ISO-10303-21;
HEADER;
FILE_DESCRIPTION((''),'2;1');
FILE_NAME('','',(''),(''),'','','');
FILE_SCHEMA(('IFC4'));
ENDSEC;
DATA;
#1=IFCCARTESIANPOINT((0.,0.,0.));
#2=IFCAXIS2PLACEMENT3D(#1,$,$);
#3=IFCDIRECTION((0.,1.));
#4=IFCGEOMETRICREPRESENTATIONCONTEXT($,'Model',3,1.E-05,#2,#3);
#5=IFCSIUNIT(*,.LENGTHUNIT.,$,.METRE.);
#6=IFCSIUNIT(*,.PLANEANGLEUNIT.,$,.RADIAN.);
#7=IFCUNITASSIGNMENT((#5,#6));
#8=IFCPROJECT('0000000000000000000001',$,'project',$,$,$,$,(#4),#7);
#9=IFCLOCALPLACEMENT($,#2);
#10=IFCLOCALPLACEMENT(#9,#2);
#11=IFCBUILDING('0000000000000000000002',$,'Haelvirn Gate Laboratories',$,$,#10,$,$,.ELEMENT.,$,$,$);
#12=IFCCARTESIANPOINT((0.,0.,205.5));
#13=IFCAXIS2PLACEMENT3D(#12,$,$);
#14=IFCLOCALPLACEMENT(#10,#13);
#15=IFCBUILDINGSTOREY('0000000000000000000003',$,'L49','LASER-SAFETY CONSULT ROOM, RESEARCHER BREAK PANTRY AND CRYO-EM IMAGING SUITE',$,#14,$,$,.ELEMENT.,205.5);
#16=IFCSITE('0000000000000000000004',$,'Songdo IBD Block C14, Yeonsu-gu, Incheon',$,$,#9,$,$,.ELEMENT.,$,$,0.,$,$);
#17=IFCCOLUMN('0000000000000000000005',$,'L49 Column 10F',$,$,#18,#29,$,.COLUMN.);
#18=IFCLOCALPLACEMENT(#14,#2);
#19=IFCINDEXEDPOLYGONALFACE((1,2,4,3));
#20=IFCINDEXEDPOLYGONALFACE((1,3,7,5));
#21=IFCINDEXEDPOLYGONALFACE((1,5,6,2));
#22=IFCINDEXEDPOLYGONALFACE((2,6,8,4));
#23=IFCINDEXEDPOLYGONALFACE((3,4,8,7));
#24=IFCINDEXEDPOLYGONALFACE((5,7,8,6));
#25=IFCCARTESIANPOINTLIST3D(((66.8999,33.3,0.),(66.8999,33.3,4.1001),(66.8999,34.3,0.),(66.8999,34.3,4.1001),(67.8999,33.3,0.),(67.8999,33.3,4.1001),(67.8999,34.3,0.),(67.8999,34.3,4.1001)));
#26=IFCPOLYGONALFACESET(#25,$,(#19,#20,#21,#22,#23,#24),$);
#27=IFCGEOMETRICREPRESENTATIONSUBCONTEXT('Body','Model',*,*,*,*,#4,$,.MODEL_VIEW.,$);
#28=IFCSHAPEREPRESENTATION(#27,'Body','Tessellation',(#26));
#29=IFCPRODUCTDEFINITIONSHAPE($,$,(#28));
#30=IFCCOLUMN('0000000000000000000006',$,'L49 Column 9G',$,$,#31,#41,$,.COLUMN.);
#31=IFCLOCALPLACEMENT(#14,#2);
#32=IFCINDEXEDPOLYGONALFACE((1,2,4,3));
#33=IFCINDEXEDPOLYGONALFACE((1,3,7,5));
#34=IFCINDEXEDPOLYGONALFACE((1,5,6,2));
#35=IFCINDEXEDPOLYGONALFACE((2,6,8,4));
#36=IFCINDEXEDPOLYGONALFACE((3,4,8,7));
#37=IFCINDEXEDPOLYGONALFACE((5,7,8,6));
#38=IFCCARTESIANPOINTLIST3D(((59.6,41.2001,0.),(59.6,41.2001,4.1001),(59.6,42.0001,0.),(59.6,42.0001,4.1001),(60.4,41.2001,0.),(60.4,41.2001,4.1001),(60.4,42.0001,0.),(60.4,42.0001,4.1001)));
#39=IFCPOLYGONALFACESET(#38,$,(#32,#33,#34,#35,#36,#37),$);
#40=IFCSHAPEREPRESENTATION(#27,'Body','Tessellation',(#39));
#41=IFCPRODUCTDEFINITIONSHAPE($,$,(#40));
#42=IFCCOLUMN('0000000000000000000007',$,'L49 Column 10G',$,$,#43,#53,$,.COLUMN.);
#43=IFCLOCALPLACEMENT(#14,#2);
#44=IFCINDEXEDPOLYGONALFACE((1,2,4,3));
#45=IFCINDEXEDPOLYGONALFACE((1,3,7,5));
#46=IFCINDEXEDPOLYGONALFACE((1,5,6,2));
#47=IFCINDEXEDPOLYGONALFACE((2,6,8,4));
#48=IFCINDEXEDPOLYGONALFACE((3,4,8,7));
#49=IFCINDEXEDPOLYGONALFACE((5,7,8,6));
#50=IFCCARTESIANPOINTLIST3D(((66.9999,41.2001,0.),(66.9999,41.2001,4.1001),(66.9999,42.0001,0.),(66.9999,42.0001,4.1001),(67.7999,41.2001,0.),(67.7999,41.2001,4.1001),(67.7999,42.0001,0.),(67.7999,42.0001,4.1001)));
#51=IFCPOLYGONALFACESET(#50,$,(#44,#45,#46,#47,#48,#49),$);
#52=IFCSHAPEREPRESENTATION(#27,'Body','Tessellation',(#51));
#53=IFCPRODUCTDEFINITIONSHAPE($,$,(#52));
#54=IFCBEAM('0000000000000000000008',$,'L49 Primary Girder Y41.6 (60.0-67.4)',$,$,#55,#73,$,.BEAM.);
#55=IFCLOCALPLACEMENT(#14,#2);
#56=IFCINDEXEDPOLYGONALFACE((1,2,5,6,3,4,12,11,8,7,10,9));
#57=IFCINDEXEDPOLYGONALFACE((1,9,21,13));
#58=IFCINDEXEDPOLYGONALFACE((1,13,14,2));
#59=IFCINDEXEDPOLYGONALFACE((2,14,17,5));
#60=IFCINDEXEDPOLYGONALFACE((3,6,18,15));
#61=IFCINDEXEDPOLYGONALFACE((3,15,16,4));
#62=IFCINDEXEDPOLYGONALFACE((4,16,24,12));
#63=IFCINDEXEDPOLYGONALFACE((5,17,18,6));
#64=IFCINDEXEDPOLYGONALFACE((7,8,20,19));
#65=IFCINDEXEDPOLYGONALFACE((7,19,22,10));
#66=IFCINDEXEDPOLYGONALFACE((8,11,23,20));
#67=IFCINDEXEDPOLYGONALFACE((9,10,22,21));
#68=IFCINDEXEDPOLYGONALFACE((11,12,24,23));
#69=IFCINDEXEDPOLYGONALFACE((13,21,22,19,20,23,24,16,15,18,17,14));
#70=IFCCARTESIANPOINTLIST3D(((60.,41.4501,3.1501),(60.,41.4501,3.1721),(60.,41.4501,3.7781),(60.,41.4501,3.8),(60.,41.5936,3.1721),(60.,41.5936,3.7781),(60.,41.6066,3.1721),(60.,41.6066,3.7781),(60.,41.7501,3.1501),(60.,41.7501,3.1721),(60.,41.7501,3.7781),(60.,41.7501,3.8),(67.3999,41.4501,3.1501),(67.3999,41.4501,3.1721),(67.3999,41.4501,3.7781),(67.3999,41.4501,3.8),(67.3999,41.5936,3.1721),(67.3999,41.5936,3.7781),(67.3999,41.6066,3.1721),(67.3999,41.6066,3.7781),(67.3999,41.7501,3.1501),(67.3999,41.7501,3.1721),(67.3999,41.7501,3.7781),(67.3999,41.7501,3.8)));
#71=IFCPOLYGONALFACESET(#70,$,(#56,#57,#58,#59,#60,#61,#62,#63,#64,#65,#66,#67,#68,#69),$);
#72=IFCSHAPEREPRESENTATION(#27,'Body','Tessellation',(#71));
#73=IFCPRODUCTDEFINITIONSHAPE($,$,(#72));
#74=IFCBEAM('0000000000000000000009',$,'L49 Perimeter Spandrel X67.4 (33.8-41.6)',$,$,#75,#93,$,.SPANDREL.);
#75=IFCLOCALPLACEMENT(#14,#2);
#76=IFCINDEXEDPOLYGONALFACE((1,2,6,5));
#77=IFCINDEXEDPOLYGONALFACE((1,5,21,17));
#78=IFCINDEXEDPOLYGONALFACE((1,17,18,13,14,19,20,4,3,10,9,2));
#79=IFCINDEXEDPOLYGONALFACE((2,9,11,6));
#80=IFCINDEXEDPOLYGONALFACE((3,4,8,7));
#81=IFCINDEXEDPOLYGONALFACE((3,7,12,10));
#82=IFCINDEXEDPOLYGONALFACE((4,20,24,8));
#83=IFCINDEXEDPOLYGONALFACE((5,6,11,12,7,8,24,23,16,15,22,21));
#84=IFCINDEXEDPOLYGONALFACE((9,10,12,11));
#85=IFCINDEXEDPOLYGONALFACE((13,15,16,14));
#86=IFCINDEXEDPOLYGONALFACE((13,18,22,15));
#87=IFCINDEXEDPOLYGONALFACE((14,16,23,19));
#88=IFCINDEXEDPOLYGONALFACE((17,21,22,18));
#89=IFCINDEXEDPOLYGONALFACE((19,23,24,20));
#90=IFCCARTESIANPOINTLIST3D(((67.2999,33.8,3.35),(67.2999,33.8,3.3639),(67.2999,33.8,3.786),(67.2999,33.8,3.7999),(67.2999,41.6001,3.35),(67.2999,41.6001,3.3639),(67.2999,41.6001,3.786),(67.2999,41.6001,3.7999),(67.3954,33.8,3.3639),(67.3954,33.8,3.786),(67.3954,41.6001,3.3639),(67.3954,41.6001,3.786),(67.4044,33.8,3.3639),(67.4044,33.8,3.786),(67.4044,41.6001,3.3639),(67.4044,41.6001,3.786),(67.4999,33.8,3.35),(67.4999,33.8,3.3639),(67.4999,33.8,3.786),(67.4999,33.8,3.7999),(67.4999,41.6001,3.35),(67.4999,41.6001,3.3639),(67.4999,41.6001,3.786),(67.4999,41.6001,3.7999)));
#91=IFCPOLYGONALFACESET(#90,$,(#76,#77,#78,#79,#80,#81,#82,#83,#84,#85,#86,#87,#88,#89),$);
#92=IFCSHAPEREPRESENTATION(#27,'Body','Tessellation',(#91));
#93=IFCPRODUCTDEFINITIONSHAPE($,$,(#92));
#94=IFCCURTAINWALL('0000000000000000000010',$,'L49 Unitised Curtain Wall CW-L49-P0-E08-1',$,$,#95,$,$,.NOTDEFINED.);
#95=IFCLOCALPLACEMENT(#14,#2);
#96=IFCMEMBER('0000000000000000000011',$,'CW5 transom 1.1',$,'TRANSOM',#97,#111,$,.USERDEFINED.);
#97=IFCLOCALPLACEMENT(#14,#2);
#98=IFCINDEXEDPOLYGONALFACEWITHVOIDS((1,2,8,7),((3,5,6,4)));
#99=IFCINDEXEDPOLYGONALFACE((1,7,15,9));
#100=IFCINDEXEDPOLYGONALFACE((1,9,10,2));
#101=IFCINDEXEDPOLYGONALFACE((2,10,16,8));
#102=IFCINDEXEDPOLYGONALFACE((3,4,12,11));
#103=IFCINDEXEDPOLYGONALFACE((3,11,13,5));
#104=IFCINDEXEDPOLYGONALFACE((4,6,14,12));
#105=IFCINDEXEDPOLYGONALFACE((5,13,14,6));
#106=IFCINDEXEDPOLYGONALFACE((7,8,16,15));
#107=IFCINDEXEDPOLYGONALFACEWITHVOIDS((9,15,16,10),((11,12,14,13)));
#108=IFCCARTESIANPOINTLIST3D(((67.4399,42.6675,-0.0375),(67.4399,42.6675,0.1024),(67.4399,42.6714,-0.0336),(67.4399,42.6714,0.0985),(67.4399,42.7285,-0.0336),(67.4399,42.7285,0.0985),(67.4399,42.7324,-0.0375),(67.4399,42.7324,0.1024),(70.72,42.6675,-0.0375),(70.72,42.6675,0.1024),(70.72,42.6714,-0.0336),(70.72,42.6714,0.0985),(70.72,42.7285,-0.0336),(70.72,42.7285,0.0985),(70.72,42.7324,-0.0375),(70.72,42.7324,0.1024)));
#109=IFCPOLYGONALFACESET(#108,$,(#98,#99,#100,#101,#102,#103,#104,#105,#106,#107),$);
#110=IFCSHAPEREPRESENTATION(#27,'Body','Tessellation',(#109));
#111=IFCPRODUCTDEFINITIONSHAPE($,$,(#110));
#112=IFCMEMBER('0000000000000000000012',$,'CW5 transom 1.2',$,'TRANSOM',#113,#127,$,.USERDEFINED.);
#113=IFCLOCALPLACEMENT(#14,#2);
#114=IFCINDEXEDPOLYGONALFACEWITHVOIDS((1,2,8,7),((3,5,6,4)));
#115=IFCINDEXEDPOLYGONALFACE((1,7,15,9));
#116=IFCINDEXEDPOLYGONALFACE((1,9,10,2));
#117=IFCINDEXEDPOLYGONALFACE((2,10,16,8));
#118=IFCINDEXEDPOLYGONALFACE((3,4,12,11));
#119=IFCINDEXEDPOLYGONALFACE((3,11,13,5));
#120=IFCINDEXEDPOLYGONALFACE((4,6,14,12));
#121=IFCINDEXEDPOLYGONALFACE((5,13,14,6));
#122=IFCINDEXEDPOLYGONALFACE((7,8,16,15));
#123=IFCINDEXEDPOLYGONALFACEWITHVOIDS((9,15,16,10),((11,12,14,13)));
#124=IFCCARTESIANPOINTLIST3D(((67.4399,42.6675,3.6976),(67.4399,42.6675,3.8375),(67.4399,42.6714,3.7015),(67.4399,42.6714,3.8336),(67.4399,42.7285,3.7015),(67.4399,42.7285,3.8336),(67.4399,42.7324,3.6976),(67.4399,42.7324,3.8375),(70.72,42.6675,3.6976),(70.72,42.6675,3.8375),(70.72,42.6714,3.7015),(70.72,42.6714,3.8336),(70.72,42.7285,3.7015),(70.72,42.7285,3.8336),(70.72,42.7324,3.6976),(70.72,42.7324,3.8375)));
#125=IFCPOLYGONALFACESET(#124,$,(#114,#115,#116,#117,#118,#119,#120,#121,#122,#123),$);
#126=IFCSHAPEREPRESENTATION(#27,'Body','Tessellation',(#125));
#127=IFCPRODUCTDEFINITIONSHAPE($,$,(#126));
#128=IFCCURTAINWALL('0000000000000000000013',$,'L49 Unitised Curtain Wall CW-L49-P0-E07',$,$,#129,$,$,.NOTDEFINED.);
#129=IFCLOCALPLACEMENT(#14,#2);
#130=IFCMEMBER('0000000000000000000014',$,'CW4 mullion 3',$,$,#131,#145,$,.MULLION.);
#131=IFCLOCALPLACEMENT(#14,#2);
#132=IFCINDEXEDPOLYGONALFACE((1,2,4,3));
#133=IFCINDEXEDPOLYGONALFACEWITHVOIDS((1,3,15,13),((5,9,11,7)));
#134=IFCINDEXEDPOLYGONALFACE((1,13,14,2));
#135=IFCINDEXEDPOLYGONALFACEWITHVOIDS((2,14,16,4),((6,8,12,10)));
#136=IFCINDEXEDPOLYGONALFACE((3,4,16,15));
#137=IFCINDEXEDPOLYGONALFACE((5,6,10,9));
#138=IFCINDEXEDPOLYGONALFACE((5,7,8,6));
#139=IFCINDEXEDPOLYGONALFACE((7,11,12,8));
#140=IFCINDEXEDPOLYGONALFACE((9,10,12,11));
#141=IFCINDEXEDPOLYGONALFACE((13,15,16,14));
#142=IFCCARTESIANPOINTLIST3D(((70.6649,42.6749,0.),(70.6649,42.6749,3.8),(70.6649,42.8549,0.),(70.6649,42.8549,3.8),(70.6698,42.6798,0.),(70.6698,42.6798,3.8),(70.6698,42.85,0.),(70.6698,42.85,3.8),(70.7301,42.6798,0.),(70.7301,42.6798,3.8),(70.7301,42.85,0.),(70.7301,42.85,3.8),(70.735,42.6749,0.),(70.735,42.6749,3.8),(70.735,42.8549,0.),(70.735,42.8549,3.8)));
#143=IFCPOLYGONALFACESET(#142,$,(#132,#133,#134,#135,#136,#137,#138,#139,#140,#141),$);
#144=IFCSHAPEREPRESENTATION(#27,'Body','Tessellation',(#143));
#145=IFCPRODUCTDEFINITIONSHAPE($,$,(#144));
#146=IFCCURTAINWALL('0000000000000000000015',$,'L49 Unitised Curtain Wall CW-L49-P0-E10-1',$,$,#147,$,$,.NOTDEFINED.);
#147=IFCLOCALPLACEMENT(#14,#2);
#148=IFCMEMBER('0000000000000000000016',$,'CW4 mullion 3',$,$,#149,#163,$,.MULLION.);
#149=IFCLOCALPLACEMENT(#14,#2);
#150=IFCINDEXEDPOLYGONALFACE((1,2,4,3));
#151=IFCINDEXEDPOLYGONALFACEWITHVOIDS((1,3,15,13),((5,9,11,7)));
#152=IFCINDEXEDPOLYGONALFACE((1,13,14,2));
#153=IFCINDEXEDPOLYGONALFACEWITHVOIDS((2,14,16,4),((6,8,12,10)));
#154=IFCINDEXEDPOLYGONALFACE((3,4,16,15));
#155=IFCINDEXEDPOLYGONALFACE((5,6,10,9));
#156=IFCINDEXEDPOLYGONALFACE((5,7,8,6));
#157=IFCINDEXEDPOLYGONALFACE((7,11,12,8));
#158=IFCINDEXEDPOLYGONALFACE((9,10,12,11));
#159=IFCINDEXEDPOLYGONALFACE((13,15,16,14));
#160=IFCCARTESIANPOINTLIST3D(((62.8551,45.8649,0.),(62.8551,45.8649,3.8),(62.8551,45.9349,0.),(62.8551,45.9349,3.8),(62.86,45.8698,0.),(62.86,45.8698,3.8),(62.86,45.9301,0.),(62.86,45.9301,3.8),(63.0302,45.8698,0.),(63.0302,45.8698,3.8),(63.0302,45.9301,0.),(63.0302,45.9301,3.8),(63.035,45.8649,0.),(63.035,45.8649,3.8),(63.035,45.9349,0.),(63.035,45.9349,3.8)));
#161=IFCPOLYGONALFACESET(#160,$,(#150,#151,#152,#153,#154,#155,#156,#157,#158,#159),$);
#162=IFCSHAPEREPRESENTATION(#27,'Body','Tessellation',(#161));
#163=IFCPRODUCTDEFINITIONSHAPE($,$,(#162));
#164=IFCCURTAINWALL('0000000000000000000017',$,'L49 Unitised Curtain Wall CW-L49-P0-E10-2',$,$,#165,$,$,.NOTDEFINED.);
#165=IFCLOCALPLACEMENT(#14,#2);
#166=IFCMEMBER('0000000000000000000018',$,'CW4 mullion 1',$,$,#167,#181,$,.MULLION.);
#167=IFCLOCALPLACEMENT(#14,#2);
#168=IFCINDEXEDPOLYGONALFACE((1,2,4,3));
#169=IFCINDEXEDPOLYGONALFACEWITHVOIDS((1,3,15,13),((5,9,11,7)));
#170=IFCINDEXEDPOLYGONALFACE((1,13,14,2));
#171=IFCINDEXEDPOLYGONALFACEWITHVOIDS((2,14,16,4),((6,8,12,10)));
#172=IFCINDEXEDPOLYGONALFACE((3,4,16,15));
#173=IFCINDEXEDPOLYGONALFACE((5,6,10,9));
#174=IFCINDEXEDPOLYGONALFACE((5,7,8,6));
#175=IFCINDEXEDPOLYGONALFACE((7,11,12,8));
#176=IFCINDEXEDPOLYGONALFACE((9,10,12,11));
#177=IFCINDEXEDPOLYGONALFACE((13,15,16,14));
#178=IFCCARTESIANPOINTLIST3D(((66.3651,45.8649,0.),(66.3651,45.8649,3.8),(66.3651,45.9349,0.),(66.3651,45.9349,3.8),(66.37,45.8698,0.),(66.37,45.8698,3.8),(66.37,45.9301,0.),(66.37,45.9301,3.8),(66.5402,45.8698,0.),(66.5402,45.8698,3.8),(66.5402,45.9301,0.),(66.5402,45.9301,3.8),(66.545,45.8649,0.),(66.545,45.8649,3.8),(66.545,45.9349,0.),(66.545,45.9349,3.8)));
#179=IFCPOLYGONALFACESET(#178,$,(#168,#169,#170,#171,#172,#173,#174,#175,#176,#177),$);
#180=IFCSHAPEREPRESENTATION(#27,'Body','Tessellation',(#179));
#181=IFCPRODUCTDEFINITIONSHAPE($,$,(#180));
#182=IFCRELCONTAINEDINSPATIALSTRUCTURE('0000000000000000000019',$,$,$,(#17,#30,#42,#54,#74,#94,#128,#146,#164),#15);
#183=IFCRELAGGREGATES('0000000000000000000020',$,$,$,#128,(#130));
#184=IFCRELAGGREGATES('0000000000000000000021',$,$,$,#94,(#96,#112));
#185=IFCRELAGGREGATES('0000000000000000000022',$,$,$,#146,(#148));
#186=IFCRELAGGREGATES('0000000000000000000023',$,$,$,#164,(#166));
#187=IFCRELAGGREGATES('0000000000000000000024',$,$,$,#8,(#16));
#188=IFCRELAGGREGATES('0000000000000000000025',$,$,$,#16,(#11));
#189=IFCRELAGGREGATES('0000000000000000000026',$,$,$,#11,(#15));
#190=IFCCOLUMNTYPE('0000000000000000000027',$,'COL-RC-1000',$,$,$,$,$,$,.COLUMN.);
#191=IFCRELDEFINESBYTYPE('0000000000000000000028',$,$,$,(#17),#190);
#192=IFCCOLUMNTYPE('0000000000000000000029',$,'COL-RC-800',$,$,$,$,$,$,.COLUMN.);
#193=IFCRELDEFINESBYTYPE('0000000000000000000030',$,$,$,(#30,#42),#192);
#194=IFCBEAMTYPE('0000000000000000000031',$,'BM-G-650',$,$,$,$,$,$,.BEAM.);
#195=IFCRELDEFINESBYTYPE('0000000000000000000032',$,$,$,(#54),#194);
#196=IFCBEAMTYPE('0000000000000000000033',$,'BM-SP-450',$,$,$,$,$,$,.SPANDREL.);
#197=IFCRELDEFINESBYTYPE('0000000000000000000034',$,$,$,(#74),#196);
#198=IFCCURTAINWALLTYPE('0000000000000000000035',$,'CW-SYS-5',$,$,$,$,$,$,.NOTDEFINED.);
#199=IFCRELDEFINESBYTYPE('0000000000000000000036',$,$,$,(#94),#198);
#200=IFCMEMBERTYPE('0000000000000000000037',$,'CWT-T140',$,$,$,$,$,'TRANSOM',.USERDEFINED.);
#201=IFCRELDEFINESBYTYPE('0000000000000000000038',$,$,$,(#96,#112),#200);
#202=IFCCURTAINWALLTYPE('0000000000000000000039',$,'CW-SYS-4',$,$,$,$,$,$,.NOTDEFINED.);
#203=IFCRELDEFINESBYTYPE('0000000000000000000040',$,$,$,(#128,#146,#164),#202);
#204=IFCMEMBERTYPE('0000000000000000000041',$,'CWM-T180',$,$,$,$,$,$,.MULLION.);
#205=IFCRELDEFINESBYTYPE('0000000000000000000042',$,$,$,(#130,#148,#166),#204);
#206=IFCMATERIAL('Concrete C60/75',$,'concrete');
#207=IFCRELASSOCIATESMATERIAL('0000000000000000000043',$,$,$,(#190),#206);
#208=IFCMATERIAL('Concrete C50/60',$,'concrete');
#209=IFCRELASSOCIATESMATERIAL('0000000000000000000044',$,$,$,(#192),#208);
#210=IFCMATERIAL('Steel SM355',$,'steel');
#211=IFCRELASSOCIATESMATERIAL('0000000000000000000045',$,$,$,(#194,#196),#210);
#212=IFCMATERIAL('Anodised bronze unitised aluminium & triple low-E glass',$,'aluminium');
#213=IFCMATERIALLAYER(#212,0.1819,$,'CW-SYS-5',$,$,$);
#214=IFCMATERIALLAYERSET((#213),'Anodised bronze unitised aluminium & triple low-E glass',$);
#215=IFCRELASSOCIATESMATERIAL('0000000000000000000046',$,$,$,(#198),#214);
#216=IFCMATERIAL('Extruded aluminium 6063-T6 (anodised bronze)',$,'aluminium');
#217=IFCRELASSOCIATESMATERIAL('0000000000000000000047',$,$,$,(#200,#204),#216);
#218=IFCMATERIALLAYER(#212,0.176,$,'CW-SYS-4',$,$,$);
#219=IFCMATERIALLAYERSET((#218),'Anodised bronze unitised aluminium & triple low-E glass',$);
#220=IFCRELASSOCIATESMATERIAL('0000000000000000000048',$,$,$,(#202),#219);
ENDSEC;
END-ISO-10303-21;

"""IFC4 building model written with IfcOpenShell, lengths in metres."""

from ifc_helpers import new_model, si_unit, direction, frame, origin, origin_2d, place, context, subcontext, project, spatial, rectangle, hollow_rectangle, i_section, extrude, source, transform, mapped, material, layer, layer_set, material_profile, profile_set, type_object, type_shapes, element, aggregate, save


model = new_model("IFC4")

# Units and contexts
model_context = context("Model", 3, precision=1e-05, world=origin(), true_north=direction((0.0, 1.0)))
body_context = subcontext(model_context, "Body", "Model", "MODEL_VIEW")
ifc_project = project(units=[si_unit("LENGTHUNIT", "METRE"), si_unit("PLANEANGLEUNIT", "RADIAN")], contexts=[model_context])

# Site, building, storey
site_placement = place(None, origin())
site = spatial("IfcSite", under=ifc_project, at=site_placement, Name="Songdo IBD Block C14, Yeonsu-gu, Incheon", CompositionType="ELEMENT", RefElevation=0.0)
building_placement = place(site_placement, origin())
building = spatial("IfcBuilding", under=site, at=building_placement, Name="Haelvirn Gate Laboratories", CompositionType="ELEMENT")
storey_placement = place(building_placement, frame((0.0, 0.0, 205.5)))
storey = spatial("IfcBuildingStorey", under=building, at=storey_placement, Name="L49", Description="LASER-SAFETY CONSULT ROOM, RESEARCHER BREAK PANTRY AND CRYO-EM IMAGING SUITE", CompositionType="ELEMENT", Elevation=205.5)

# Columns
ifc_material_1 = material(Name="Concrete C60/75", Category="concrete")
ifc_material_profile_1 = material_profile(ifc_material_1, rectangle(XDim=1.0, YDim=1.0, at=origin_2d()), Name="RC-1000x1000")
ifc_profile_set_1 = profile_set([ifc_material_profile_1], Name="Concrete C60/75")
column_type_1 = type_object("IfcColumnType", Name="COL-RC-1000", PredefinedType="COLUMN", material=ifc_profile_set_1)
shared_shape_1 = source(origin(), body_context, "Body", "SweptSolid", [
    extrude(rectangle(XDim=1.0, YDim=1.0, at=origin_2d()), origin(), (0.0, 0.0, 1.0), 4.1001),
])
type_shapes(column_type_1, [shared_shape_1])
column_placement = place(storey_placement, frame((67.3999, 33.8, 0.0), z_axis=(0.0, 0.0, 1.0), x_axis=(1.0, 0.0, 0.0)))
element("IfcColumn", 1, at=column_placement, inside=storey, type_object=column_type_1, Name="L49 Column 10F", PredefinedType="COLUMN", context=body_context, shape_type="MappedRepresentation", body=[
    mapped(shared_shape_1, transform((0.0, 0.0, 0.0), scale=1.0)),
])
ifc_material_2 = material(Name="Concrete C50/60", Category="concrete")
ifc_material_profile_2 = material_profile(ifc_material_2, rectangle(XDim=0.8, YDim=0.8, at=origin_2d()), Name="RC-800x800")
ifc_profile_set_2 = profile_set([ifc_material_profile_2], Name="Concrete C50/60")
column_type_2 = type_object("IfcColumnType", Name="COL-RC-800", PredefinedType="COLUMN", material=ifc_profile_set_2)
shared_shape_2 = source(origin(), body_context, "Body", "SweptSolid", [
    extrude(rectangle(XDim=0.8, YDim=0.8, at=origin_2d()), origin(), (0.0, 0.0, 1.0), 4.1001),
])
type_shapes(column_type_2, [shared_shape_2])
for number, where, z_axis, x_axis, name in (
    (2, (60.0, 41.6001, 0.0), (0.0, 0.0, 1.0), (1.0, 0.0, 0.0), "L49 Column 9G"),
    (3, (67.3999, 41.6001, 0.0), (0.0, 0.0, 1.0), (1.0, 0.0, 0.0), "L49 Column 10G"),
):
    element("IfcColumn", number, at=place(storey_placement, frame(where, z_axis=z_axis, x_axis=x_axis)), inside=storey, type_object=column_type_2, Name=name, PredefinedType="COLUMN", context=body_context, shape_type="MappedRepresentation", body=[
        mapped(shared_shape_2, transform((0.0, 0.0, 0.0), scale=1.0)),
    ])

# Beams
ifc_material_3 = material(Name="Steel SM355", Category="steel")
ifc_material_profile_3 = material_profile(ifc_material_3, i_section(OverallWidth=0.3, OverallDepth=0.6499, WebThickness=0.0129, FlangeThickness=0.022, at=origin_2d()), Name="H-650x300x13x22")
ifc_profile_set_3 = profile_set([ifc_material_profile_3], Name="Steel SM355")
beam_type_1 = type_object("IfcBeamType", Name="BM-G-650", PredefinedType="BEAM", material=ifc_profile_set_3)
shared_shape_3 = source(origin(), body_context, "Body", "SweptSolid", [
    extrude(i_section(OverallWidth=0.3, OverallDepth=0.6499, WebThickness=0.0129, FlangeThickness=0.022, at=origin_2d()), origin(), (0.0, 0.0, 1.0), 7.3999),
])
type_shapes(beam_type_1, [shared_shape_3])
beam_1_placement = place(storey_placement, frame((60.0, 41.6001, 3.4751), z_axis=(1.0, 0.0, 0.0), x_axis=(0.0, 1.0, 0.0)))
element("IfcBeam", 4, at=beam_1_placement, inside=storey, type_object=beam_type_1, Name="L49 Primary Girder Y41.6 (60.0-67.4)", PredefinedType="BEAM", context=body_context, shape_type="MappedRepresentation", body=[
    mapped(shared_shape_3, transform((0.0, 0.0, 0.0), scale=1.0)),
])
ifc_material_profile_4 = material_profile(ifc_material_3, i_section(OverallWidth=0.2, OverallDepth=0.45, WebThickness=0.009, FlangeThickness=0.0139, at=origin_2d()), Name="H-450x200x9x14")
ifc_profile_set_4 = profile_set([ifc_material_profile_4], Name="Steel SM355")
beam_type_2 = type_object("IfcBeamType", Name="BM-SP-450", PredefinedType="SPANDREL", material=ifc_profile_set_4)
shared_shape_4 = source(origin(), body_context, "Body", "SweptSolid", [
    extrude(i_section(OverallWidth=0.2, OverallDepth=0.45, WebThickness=0.009, FlangeThickness=0.0139, at=origin_2d()), origin(), (0.0, 0.0, 1.0), 7.8),
])
type_shapes(beam_type_2, [shared_shape_4])
beam_2_placement = place(storey_placement, frame((67.3999, 33.8, 3.575), z_axis=(0.0, 1.0, 0.0), x_axis=(-1.0, 0.0, 0.0)))
element("IfcBeam", 5, at=beam_2_placement, inside=storey, type_object=beam_type_2, Name="L49 Perimeter Spandrel X67.4 (33.8-41.6)", PredefinedType="SPANDREL", context=body_context, shape_type="MappedRepresentation", body=[
    mapped(shared_shape_4, transform((0.0, 0.0, 0.0), scale=1.0)),
])

# Curtain wall, members
ifc_material_4 = material(Name="Anodised bronze unitised aluminium & triple low-E glass", Category="aluminium")
ifc_layer_1 = layer(ifc_material_4, 0.1819, Name="CW-SYS-5")
ifc_layer_set_1 = layer_set([ifc_layer_1], Name="Anodised bronze unitised aluminium & triple low-E glass")
curtain_wall_type_1 = type_object("IfcCurtainWallType", Name="CW-SYS-5", PredefinedType="NOTDEFINED", material=ifc_layer_set_1)
curtain_wall_1_placement = place(storey_placement, origin())
curtain_wall_1 = element("IfcCurtainWall", 6, at=curtain_wall_1_placement, inside=storey, type_object=curtain_wall_type_1, Name="L49 Unitised Curtain Wall CW-L49-P0-E08-1", PredefinedType="NOTDEFINED")
ifc_material_5 = material(Name="Extruded aluminium 6063-T6 (anodised bronze)", Category="aluminium")
ifc_material_profile_5 = material_profile(ifc_material_5, hollow_rectangle(XDim=0.0649, YDim=0.1399, WallThickness=0.0039, at=origin_2d()), Name="CWT-140x65x4")
ifc_profile_set_5 = profile_set([ifc_material_profile_5], Name="Extruded aluminium 6063-T6 (anodised bronze)")
member_type_1 = type_object("IfcMemberType", Name="CWT-T140", ElementType="TRANSOM", PredefinedType="USERDEFINED", material=ifc_profile_set_5)
shared_shape_5 = source(origin(), body_context, "Body", "SweptSolid", [
    extrude(hollow_rectangle(XDim=0.0649, YDim=0.1399, WallThickness=0.0039, at=origin_2d()), origin(), (0.0, 0.0, 1.0), 3.28),
])
member_1_placement = place(storey_placement, frame((67.4399, 42.7, 0.0325), z_axis=(1.0, 0.0, 0.0), x_axis=(0.0, 1.0, 0.0)))
member_1 = element("IfcMember", 7, at=member_1_placement, type_object=member_type_1, Name="CW5 transom 1.1", ObjectType="TRANSOM", PredefinedType="USERDEFINED", context=body_context, shape_type="MappedRepresentation", body=[
    mapped(shared_shape_5, transform((0.0, 0.0, 0.0), scale=1.0)),
])
member_2_placement = place(storey_placement, frame((67.4399, 42.7, 3.7676), z_axis=(1.0, 0.0, 0.0), x_axis=(0.0, 1.0, 0.0)))
member_2 = element("IfcMember", 8, at=member_2_placement, type_object=member_type_1, Name="CW5 transom 1.2", ObjectType="TRANSOM", PredefinedType="USERDEFINED", context=body_context, shape_type="MappedRepresentation", body=[
    mapped(shared_shape_5, transform((0.0, 0.0, 0.0), scale=1.0)),
])

# Curtain walls, members
ifc_layer_2 = layer(ifc_material_4, 0.176, Name="CW-SYS-4")
ifc_layer_set_2 = layer_set([ifc_layer_2], Name="Anodised bronze unitised aluminium & triple low-E glass")
curtain_wall_type_2 = type_object("IfcCurtainWallType", Name="CW-SYS-4", PredefinedType="NOTDEFINED", material=ifc_layer_set_2)
curtain_wall_2_placement = place(storey_placement, origin())
curtain_wall_2 = element("IfcCurtainWall", 9, at=curtain_wall_2_placement, inside=storey, type_object=curtain_wall_type_2, Name="L49 Unitised Curtain Wall CW-L49-P0-E07", PredefinedType="NOTDEFINED")
ifc_material_profile_6 = material_profile(ifc_material_5, hollow_rectangle(XDim=0.0701, YDim=0.1799, WallThickness=0.0049, at=origin_2d()), Name="CWM-180x70x5")
ifc_profile_set_6 = profile_set([ifc_material_profile_6], Name="Extruded aluminium 6063-T6 (anodised bronze)")
member_type_2 = type_object("IfcMemberType", Name="CWM-T180", PredefinedType="MULLION", material=ifc_profile_set_6)
shared_shape_6 = source(origin(), body_context, "Body", "SweptSolid", [
    extrude(hollow_rectangle(XDim=0.0701, YDim=0.1799, WallThickness=0.0049, at=origin_2d()), origin(), (0.0, 0.0, 1.0), 3.8),
])
type_shapes(member_type_2, [shared_shape_6])
member_3_placement = place(storey_placement, frame((70.7, 42.7649, 0.0), z_axis=(0.0, 0.0, 1.0), x_axis=(-1.0, 0.0, 0.0)))
member_3 = element("IfcMember", 10, at=member_3_placement, type_object=member_type_2, Name="CW4 mullion 3", PredefinedType="MULLION", context=body_context, shape_type="MappedRepresentation", body=[
    mapped(shared_shape_6, transform((0.0, 0.0, 0.0), scale=1.0)),
])
aggregate(curtain_wall_2, [member_3])
curtain_wall_3_placement = place(storey_placement, origin())
curtain_wall_3 = element("IfcCurtainWall", 11, at=curtain_wall_3_placement, inside=storey, type_object=curtain_wall_type_2, Name="L49 Unitised Curtain Wall CW-L49-P0-E10-1", PredefinedType="NOTDEFINED")
member_4_placement = place(storey_placement, frame((62.9451, 45.8999, 0.0), z_axis=(0.0, 0.0, 1.0), x_axis=(0.0, 1.0, 0.0)))
member_4 = element("IfcMember", 12, at=member_4_placement, type_object=member_type_2, Name="CW4 mullion 3", PredefinedType="MULLION", context=body_context, shape_type="MappedRepresentation", body=[
    mapped(shared_shape_6, transform((0.0, 0.0, 0.0), scale=1.0)),
])

# Curtain wall, member
curtain_wall_4_placement = place(storey_placement, origin())
curtain_wall_4 = element("IfcCurtainWall", 13, at=curtain_wall_4_placement, inside=storey, type_object=curtain_wall_type_2, Name="L49 Unitised Curtain Wall CW-L49-P0-E10-2", PredefinedType="NOTDEFINED")
member_5_placement = place(storey_placement, frame((66.4551, 45.8999, 0.0), z_axis=(0.0, 0.0, 1.0), x_axis=(0.0, 1.0, 0.0)))
member_5 = element("IfcMember", 14, at=member_5_placement, type_object=member_type_2, Name="CW4 mullion 1", PredefinedType="MULLION", context=body_context, shape_type="MappedRepresentation", body=[
    mapped(shared_shape_6, transform((0.0, 0.0, 0.0), scale=1.0)),
])

aggregate(curtain_wall_1, [member_1, member_2])
aggregate(curtain_wall_3, [member_4])
aggregate(curtain_wall_4, [member_5])

save(model, "model.ifc")
